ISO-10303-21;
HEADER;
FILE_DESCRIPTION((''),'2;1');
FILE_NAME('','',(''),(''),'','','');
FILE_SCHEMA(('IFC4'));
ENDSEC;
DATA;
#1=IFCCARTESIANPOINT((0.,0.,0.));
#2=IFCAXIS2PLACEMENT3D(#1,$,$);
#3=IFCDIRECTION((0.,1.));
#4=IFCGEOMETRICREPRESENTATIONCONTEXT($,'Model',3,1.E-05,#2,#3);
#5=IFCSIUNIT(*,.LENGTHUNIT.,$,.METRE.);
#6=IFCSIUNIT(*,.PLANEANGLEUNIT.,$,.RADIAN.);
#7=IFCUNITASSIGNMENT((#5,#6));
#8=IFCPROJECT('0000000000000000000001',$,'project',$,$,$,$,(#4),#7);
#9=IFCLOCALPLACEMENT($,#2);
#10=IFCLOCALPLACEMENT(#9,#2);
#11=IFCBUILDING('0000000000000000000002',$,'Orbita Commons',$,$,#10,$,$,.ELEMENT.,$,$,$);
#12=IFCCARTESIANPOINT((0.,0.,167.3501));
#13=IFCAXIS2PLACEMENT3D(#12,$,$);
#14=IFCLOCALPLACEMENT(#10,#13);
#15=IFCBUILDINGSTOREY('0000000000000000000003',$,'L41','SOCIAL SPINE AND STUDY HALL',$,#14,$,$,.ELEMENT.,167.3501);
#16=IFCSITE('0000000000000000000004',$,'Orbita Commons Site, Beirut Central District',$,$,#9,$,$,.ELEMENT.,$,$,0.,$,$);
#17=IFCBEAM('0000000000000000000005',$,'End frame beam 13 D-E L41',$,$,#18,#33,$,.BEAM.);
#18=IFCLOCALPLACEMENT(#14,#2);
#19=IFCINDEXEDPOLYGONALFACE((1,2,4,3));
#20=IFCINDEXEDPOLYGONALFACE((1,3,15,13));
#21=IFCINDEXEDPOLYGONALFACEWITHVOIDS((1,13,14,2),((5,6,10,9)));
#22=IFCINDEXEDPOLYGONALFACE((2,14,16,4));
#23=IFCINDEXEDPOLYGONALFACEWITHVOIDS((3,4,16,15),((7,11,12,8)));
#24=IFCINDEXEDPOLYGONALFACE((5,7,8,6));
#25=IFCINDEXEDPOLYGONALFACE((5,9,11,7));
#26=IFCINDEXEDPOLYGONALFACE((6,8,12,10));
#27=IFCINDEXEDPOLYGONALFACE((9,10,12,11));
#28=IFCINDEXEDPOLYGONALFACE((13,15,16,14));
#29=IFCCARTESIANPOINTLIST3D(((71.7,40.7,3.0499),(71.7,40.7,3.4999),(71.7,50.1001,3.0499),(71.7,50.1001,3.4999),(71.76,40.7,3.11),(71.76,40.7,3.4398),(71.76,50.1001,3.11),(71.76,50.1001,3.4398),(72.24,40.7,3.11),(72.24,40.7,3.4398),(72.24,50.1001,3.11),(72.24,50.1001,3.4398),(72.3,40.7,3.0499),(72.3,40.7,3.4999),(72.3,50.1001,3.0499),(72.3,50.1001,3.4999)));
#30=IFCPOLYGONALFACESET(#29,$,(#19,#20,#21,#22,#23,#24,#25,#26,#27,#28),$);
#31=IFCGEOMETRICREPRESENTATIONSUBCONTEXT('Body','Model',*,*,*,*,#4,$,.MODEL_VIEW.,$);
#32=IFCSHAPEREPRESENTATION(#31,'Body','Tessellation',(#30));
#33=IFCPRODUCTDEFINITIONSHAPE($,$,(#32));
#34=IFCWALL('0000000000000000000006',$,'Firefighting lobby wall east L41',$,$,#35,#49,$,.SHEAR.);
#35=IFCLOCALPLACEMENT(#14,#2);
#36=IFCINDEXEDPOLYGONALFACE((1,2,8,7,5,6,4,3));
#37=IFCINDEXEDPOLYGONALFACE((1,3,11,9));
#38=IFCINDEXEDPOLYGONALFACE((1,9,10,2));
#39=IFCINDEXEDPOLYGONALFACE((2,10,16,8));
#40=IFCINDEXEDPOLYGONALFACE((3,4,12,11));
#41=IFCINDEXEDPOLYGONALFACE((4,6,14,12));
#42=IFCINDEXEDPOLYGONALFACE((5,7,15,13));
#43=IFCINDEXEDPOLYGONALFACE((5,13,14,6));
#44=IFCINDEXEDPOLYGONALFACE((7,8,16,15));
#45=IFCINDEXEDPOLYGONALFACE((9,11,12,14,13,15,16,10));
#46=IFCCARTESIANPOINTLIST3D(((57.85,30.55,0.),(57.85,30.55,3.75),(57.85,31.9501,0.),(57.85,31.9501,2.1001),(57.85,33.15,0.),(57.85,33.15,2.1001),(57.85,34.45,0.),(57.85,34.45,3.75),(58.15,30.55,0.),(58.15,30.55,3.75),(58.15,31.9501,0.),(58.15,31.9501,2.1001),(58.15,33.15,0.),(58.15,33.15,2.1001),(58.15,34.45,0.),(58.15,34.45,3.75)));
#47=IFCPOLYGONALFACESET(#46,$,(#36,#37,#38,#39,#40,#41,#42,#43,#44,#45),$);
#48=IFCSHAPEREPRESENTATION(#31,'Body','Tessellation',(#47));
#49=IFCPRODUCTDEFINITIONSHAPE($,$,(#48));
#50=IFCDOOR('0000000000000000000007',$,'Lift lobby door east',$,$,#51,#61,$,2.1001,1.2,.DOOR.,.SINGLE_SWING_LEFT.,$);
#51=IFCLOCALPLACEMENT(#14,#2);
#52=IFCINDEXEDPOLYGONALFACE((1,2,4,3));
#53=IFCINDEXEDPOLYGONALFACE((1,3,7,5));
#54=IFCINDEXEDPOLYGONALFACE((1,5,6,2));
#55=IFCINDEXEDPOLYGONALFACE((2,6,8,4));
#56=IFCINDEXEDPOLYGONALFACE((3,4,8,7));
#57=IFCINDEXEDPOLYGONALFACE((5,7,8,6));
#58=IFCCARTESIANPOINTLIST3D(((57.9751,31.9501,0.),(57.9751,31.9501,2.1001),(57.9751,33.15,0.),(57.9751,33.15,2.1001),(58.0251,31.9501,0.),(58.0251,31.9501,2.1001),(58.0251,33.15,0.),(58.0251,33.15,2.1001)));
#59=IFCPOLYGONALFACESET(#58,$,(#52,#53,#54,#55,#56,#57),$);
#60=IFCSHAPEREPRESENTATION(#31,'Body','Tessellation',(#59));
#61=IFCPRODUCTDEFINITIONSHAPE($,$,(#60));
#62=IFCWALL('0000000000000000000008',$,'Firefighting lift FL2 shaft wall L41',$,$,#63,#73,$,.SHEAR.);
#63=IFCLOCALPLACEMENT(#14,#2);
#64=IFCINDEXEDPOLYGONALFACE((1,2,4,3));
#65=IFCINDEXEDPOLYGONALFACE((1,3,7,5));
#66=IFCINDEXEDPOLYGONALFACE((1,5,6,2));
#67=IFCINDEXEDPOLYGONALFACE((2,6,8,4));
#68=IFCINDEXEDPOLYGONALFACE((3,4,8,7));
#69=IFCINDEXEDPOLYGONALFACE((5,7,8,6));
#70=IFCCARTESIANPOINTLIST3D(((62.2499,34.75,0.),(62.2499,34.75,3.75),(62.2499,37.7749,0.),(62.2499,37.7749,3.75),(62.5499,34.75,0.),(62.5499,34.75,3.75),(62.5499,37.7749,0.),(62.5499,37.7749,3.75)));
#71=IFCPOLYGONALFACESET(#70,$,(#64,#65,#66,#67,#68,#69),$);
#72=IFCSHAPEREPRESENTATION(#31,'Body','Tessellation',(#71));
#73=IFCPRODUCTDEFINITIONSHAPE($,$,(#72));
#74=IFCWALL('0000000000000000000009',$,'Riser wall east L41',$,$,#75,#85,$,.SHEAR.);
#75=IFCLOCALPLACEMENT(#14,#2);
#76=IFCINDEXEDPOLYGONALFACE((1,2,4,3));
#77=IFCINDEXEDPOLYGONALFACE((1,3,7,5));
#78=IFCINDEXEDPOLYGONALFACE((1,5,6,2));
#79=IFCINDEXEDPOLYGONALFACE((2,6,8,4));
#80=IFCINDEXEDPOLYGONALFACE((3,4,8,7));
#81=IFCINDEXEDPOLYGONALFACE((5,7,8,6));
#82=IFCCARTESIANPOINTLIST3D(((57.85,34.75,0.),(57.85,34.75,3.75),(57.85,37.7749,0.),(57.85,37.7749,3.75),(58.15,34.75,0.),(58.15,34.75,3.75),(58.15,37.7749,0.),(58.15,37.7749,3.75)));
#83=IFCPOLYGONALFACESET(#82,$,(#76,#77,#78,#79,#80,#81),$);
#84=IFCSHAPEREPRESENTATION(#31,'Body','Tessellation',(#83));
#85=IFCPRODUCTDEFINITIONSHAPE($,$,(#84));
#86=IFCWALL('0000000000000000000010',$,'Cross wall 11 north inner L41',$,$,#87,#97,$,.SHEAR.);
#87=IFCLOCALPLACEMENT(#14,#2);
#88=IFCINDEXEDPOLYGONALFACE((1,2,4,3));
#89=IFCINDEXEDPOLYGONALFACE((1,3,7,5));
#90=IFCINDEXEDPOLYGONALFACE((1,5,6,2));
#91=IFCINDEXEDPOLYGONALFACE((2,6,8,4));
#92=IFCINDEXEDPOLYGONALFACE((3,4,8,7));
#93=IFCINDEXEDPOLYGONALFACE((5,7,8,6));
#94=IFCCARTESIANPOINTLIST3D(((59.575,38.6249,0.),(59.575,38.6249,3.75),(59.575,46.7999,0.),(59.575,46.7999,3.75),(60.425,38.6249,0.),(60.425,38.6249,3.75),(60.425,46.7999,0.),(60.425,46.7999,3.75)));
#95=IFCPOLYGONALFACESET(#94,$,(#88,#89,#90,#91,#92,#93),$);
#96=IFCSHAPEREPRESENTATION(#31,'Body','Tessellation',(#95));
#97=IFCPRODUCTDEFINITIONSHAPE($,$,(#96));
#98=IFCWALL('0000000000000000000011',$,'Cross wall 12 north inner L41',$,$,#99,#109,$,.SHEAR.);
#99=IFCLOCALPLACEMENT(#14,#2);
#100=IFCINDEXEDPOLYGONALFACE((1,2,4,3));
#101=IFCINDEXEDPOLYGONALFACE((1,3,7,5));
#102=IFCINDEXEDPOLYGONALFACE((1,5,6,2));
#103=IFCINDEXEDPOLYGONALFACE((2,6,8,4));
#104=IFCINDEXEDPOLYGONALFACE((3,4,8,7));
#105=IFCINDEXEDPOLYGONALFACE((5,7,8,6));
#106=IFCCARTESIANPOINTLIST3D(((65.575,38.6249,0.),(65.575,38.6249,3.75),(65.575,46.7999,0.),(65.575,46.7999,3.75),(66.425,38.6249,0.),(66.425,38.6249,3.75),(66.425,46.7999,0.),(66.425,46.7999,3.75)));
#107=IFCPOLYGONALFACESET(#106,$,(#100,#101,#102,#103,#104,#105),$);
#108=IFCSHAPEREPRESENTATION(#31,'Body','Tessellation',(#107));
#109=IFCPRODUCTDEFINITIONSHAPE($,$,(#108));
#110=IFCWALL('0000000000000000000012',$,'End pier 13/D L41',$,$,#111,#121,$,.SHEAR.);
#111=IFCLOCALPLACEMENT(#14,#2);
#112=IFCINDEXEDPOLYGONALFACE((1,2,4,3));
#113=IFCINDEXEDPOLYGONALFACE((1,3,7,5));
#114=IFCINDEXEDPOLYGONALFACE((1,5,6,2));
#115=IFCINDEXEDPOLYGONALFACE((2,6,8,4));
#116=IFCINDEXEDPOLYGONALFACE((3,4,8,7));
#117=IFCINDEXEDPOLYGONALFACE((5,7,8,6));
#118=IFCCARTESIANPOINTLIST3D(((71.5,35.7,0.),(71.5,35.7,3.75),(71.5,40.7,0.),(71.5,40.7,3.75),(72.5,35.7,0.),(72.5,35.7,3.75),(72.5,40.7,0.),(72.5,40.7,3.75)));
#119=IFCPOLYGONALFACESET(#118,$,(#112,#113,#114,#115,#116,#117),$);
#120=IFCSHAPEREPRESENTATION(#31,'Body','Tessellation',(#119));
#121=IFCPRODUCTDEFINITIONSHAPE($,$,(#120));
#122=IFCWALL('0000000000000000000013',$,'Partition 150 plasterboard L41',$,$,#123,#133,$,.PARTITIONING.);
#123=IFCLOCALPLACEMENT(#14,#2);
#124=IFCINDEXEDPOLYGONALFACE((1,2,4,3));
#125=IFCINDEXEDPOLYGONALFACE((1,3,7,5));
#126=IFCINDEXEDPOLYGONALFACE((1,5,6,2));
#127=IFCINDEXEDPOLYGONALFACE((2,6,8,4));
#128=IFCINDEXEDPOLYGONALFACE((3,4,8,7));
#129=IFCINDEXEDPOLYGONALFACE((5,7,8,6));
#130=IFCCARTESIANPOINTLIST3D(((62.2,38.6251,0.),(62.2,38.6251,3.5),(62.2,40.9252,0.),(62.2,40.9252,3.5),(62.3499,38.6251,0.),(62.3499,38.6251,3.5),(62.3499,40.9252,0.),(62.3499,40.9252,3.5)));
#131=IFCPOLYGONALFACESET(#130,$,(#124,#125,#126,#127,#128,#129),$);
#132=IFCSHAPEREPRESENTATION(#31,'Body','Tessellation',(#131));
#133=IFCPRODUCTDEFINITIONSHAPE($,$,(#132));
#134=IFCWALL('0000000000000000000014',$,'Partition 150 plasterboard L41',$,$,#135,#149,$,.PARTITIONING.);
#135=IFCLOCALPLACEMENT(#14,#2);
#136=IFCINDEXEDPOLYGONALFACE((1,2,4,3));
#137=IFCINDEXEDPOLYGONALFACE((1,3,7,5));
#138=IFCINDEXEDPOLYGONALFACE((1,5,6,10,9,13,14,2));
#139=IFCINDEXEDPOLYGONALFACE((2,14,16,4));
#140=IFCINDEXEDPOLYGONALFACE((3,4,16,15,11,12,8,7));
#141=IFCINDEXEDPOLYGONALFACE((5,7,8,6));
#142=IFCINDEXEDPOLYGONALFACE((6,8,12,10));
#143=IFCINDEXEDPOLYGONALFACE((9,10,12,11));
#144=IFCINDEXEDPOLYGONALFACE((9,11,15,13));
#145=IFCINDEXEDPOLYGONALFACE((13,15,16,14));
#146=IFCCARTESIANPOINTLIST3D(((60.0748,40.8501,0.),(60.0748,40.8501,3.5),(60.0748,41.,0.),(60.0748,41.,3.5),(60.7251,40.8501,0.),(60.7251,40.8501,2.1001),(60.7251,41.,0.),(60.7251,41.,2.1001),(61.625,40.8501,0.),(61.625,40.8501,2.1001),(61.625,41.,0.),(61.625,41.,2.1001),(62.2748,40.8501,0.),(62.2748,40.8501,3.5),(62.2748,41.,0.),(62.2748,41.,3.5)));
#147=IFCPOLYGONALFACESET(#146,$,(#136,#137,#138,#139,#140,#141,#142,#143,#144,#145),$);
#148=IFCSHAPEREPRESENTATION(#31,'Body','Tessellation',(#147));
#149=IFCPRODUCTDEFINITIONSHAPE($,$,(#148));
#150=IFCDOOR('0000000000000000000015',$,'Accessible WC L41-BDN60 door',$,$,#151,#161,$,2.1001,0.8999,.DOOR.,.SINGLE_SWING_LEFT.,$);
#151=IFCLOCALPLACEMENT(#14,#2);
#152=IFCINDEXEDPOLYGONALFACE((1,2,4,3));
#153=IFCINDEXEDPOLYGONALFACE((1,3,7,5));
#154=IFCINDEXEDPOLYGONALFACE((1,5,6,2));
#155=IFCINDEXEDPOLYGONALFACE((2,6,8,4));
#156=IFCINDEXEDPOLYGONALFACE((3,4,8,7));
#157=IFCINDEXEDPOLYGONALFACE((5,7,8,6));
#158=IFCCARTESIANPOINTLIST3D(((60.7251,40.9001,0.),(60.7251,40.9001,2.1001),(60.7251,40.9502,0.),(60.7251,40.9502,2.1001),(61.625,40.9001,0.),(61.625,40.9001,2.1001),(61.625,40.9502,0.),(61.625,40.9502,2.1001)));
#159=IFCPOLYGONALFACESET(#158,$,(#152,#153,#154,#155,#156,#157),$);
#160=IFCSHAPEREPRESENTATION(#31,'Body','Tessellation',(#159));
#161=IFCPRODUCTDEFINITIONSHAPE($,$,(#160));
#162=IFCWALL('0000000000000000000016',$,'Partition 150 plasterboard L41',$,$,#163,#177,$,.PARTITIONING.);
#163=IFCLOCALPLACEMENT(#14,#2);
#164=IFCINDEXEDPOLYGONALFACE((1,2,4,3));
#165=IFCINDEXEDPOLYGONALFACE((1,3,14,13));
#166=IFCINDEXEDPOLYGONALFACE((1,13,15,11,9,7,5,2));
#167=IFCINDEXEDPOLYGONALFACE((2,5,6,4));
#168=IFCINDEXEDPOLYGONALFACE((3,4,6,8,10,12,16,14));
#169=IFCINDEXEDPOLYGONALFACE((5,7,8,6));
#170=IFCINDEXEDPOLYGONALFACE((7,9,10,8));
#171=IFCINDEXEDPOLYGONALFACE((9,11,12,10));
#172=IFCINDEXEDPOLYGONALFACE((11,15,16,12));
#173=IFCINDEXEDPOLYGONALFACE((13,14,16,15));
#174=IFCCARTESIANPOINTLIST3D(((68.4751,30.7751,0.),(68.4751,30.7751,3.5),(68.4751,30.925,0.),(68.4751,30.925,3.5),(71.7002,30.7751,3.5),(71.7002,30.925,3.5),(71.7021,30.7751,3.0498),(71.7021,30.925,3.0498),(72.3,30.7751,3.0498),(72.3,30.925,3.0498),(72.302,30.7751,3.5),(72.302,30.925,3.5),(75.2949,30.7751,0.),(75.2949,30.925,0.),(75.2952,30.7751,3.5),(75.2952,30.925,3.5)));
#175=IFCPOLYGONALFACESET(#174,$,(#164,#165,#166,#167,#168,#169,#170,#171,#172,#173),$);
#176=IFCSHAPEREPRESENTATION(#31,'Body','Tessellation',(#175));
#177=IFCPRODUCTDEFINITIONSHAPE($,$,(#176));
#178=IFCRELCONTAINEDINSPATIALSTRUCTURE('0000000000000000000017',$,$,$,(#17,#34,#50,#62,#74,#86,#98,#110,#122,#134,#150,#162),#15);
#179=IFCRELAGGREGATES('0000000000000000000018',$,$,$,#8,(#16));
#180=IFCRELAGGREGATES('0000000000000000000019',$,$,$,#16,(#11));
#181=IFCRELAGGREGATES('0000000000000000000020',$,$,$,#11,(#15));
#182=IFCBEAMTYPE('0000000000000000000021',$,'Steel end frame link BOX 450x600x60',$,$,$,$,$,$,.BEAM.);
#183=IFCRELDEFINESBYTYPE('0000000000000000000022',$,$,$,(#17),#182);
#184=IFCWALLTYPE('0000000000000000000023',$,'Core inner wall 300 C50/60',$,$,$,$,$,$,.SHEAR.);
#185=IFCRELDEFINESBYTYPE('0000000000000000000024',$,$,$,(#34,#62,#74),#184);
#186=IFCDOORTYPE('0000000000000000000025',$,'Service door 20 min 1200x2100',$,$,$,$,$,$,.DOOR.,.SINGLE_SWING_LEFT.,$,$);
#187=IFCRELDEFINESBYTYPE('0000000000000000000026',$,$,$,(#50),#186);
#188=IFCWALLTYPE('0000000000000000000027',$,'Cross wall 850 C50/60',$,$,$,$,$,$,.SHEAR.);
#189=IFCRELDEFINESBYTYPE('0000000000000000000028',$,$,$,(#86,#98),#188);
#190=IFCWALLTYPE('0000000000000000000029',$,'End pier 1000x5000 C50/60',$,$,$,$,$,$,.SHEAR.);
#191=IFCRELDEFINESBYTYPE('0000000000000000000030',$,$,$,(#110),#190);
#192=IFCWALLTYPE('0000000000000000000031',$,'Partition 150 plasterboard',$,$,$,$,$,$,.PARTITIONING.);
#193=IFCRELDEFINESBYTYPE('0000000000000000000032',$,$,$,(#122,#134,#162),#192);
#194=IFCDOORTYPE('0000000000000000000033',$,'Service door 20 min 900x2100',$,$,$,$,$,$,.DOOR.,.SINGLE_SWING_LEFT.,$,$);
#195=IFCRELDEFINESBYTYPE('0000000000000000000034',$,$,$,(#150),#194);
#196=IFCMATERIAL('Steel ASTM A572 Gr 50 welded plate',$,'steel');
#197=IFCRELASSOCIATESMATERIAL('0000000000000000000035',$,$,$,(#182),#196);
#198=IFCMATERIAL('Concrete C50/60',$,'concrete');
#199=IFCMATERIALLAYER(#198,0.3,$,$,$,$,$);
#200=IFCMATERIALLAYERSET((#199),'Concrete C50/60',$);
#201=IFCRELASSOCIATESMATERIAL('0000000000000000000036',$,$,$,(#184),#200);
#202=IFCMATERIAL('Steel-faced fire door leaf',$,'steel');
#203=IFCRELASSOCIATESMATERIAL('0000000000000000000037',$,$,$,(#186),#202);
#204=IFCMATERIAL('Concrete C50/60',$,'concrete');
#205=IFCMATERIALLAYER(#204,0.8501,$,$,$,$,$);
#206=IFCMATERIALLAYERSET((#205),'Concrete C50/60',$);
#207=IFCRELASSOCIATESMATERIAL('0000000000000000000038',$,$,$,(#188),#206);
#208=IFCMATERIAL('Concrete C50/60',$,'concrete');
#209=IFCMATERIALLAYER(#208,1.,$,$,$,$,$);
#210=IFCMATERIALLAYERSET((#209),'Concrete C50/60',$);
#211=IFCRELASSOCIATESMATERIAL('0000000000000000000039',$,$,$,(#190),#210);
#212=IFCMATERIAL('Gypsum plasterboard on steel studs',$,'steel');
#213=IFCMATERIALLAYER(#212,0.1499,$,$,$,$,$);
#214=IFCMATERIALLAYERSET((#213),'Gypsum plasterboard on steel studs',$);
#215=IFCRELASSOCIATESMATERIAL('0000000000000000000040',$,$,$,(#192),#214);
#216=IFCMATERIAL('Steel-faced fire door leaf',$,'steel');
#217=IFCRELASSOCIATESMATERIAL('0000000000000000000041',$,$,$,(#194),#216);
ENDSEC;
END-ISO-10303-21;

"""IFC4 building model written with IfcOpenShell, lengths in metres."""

from ifc_helpers import new_model, si_unit, direction, frame, frame_2d, origin, origin_2d, place, context, subcontext, project, spatial, polyline, rectangle, hollow_rectangle, outline, extrude, material, layer, layer_set, material_profile, profile_set, type_object, element, fill, save


model = new_model("IFC4")

# Units and contexts
model_context = context("Model", 3, precision=1e-05, world=origin(), true_north=direction((0.0, 1.0)))
body_context = subcontext(model_context, "Body", "Model", "MODEL_VIEW")
ifc_project = project(units=[si_unit("LENGTHUNIT", "METRE"), si_unit("PLANEANGLEUNIT", "RADIAN")], contexts=[model_context])

# Site, building, storey
site_placement = place(None, origin())
site = spatial("IfcSite", under=ifc_project, at=site_placement, Name="Orbita Commons Site, Beirut Central District", CompositionType="ELEMENT", RefElevation=0.0)
building_placement = place(site_placement, origin())
building = spatial("IfcBuilding", under=site, at=building_placement, Name="Orbita Commons", CompositionType="ELEMENT")
storey_placement = place(building_placement, frame((0.0, 0.0, 167.3501)))
storey = spatial("IfcBuildingStorey", under=building, at=storey_placement, Name="L41", Description="SOCIAL SPINE AND STUDY HALL", CompositionType="ELEMENT", Elevation=167.3501)

# Beam
ifc_material_1 = material(Name="Steel ASTM A572 Gr 50 welded plate", Category="steel")
ifc_material_profile = material_profile(ifc_material_1, hollow_rectangle(XDim=0.6001, YDim=0.45, WallThickness=0.0601, at=origin_2d()), Name="BOX 450x600x60")
ifc_profile_set = profile_set([ifc_material_profile], Name="Steel ASTM A572 Gr 50 welded plate")
beam_type = type_object("IfcBeamType", Name="Steel end frame link BOX 450x600x60", PredefinedType="BEAM", material=ifc_profile_set)
beam_placement = place(storey_placement, frame((72.0, 40.7, 3.2749), z_axis=(0.0, 1.0, 0.0), x_axis=(-1.0, 0.0, 0.0)))
element("IfcBeam", 1, at=beam_placement, inside=storey, type_object=beam_type, Name="End frame beam 13 D-E L41", PredefinedType="BEAM", context=body_context, shape_type="SweptSolid", body=[
    extrude(hollow_rectangle(XDim=0.6001, YDim=0.45, WallThickness=0.0601, at=origin_2d()), origin(), (0.0, 0.0, 1.0), 9.4001),
])

# Wall, opening, door
ifc_material_2 = material(Name="Concrete C50/60", Category="concrete")
ifc_layer_1 = layer(ifc_material_2, 0.3)
ifc_layer_set_1 = layer_set([ifc_layer_1], Name="Concrete C50/60")
wall_type_1 = type_object("IfcWallType", Name="Core inner wall 300 C50/60", PredefinedType="SHEAR", material=ifc_layer_set_1)
wall_1_placement = place(storey_placement, frame((58.0, 30.55, 0.0), z_axis=(0.0, 0.0, 1.0), x_axis=(0.0, 1.0, 0.0)))
wall_1 = element("IfcWall", 2, at=wall_1_placement, inside=storey, type_object=wall_type_1, Name="Firefighting lobby wall east L41", PredefinedType="SHEAR", context=body_context, shape_type="SweptSolid", body=[
    extrude(rectangle(XDim=3.8999, YDim=0.3, at=frame_2d((1.95, 0.0))), origin(), (0.0, 0.0, 1.0), 3.75),
])
opening_1_placement = place(wall_1_placement, frame((1.3999, 0.0, 0.0)))
opening_1 = element("IfcOpeningElement", 3, at=opening_1_placement, cuts=wall_1, PredefinedType="OPENING", context=body_context, shape_type="SweptSolid", body=[
    extrude(rectangle(XDim=1.2, YDim=2.1001, at=frame_2d((0.6001, 1.05))), frame((0.0, 0.1599, 0.0), z_axis=(0.0, -1.0, 0.0), x_axis=(1.0, 0.0, 0.0)), (0.0, 0.0, 1.0), 0.3201),
])
ifc_material_3 = material(Name="Steel-faced fire door leaf", Category="steel")
door_type_1 = type_object("IfcDoorType", Name="Service door 20 min 1200x2100", OperationType="SINGLE_SWING_LEFT", PredefinedType="DOOR", material=ifc_material_3)
door_1_placement = place(opening_1_placement, origin())
door_1 = element("IfcDoor", 4, at=door_1_placement, inside=storey, type_object=door_type_1, Name="Lift lobby door east", OperationType="SINGLE_SWING_LEFT", OverallHeight=2.1001, OverallWidth=1.2, PredefinedType="DOOR", context=body_context, shape_type="SweptSolid", body=[
    extrude(rectangle(XDim=1.2, YDim=2.1001, at=frame_2d((0.6001, 1.05))), frame((0.0, 0.0249, 0.0), z_axis=(0.0, -1.0, 0.0), x_axis=(1.0, 0.0, 0.0)), (0.0, 0.0, 1.0), 0.05),
])
fill(opening_1, door_1)

# Walls
for number, where, z_axis, x_axis, name in (
    (5, (62.3999, 34.75, 0.0), (0.0, 0.0, 1.0), (0.0, 1.0, 0.0), "Firefighting lift FL2 shaft wall L41"),
    (6, (58.0, 34.75, 0.0), (0.0, 0.0, 1.0), (0.0, 1.0, 0.0), "Riser wall east L41"),
):
    element("IfcWall", number, at=place(storey_placement, frame(where, z_axis=z_axis, x_axis=x_axis)), inside=storey, type_object=wall_type_1, Name=name, PredefinedType="SHEAR", context=body_context, shape_type="SweptSolid", body=[
        extrude(rectangle(XDim=3.0249, YDim=0.3, at=frame_2d((1.5125, 0.0))), origin(), (0.0, 0.0, 1.0), 3.75),
    ])
ifc_material_4 = material(Name="Concrete C50/60", Category="concrete")
ifc_layer_2 = layer(ifc_material_4, 0.8501)
ifc_layer_set_2 = layer_set([ifc_layer_2], Name="Concrete C50/60")
wall_type_2 = type_object("IfcWallType", Name="Cross wall 850 C50/60", PredefinedType="SHEAR", material=ifc_layer_set_2)
for number, where, z_axis, x_axis, name in (
    (7, (60.0, 38.625, 0.0), (0.0, 0.0, 1.0), (0.0, 1.0, 0.0), "Cross wall 11 north inner L41"),
    (8, (66.0, 38.625, 0.0), (0.0, 0.0, 1.0), (0.0, 1.0, 0.0), "Cross wall 12 north inner L41"),
):
    element("IfcWall", number, at=place(storey_placement, frame(where, z_axis=z_axis, x_axis=x_axis)), inside=storey, type_object=wall_type_2, Name=name, PredefinedType="SHEAR", context=body_context, shape_type="SweptSolid", body=[
        extrude(rectangle(XDim=8.175, YDim=0.8501, at=frame_2d((4.0874, 0.0))), origin(), (0.0, 0.0, 1.0), 3.75),
    ])
ifc_material_5 = material(Name="Concrete C50/60", Category="concrete")
ifc_layer_3 = layer(ifc_material_5, 1.0)
ifc_layer_set_3 = layer_set([ifc_layer_3], Name="Concrete C50/60")
wall_type_3 = type_object("IfcWallType", Name="End pier 1000x5000 C50/60", PredefinedType="SHEAR", material=ifc_layer_set_3)
wall_2_placement = place(storey_placement, frame((72.0, 35.7, 0.0), z_axis=(0.0, 0.0, 1.0), x_axis=(0.0, 1.0, 0.0)))
element("IfcWall", 9, at=wall_2_placement, inside=storey, type_object=wall_type_3, Name="End pier 13/D L41", PredefinedType="SHEAR", context=body_context, shape_type="SweptSolid", body=[
    extrude(rectangle(XDim=5.0, YDim=1.0, at=frame_2d((2.5, 0.0))), origin(), (0.0, 0.0, 1.0), 3.75),
])
ifc_material_6 = material(Name="Gypsum plasterboard on steel studs", Category="steel")
ifc_layer_4 = layer(ifc_material_6, 0.1499)
ifc_layer_set_4 = layer_set([ifc_layer_4], Name="Gypsum plasterboard on steel studs")
wall_type_4 = type_object("IfcWallType", Name="Partition 150 plasterboard", PredefinedType="PARTITIONING", material=ifc_layer_set_4)
wall_3_placement = place(storey_placement, frame((62.2749, 40.925, 0.0), z_axis=(0.0, 0.0, 1.0), x_axis=(0.0, -1.0, 0.0)))
element("IfcWall", 10, at=wall_3_placement, inside=storey, type_object=wall_type_4, Name="Partition 150 plasterboard L41", PredefinedType="PARTITIONING", context=body_context, shape_type="SweptSolid", body=[
    extrude(rectangle(XDim=2.3, YDim=0.1499, at=frame_2d((1.1499, 0.0))), origin(), (0.0, 0.0, 1.0), 3.5),
])

# Wall, opening, door
wall_4_placement = place(storey_placement, frame((62.2749, 40.925, 0.0), z_axis=(0.0, 0.0, 1.0), x_axis=(-1.0, 0.0, 0.0)))
wall_4 = element("IfcWall", 11, at=wall_4_placement, inside=storey, type_object=wall_type_4, Name="Partition 150 plasterboard L41", PredefinedType="PARTITIONING", context=body_context, shape_type="SweptSolid", body=[
    extrude(rectangle(XDim=2.2, YDim=0.1499, at=frame_2d((1.1001, 0.0))), origin(), (0.0, 0.0, 1.0), 3.5),
])
opening_2_placement = place(wall_4_placement, frame((0.6499, 0.0, 0.0)))
opening_2 = element("IfcOpeningElement", 12, at=opening_2_placement, cuts=wall_4, PredefinedType="OPENING", context=body_context, shape_type="SweptSolid", body=[
    extrude(rectangle(XDim=0.8999, YDim=2.1001, at=frame_2d((0.45, 1.05))), frame((0.0, 0.085, 0.0), z_axis=(0.0, -1.0, 0.0), x_axis=(1.0, 0.0, 0.0)), (0.0, 0.0, 1.0), 0.1699),
])
ifc_material_7 = material(Name="Steel-faced fire door leaf", Category="steel")
door_type_2 = type_object("IfcDoorType", Name="Service door 20 min 900x2100", OperationType="SINGLE_SWING_LEFT", PredefinedType="DOOR", material=ifc_material_7)
door_2_placement = place(opening_2_placement, origin())
door_2 = element("IfcDoor", 13, at=door_2_placement, inside=storey, type_object=door_type_2, Name="Accessible WC L41-BDN60 door", OperationType="SINGLE_SWING_LEFT", OverallHeight=2.1001, OverallWidth=0.8999, PredefinedType="DOOR", context=body_context, shape_type="SweptSolid", body=[
    extrude(rectangle(XDim=0.8999, YDim=2.1001, at=frame_2d((0.45, 1.05))), frame((0.0, 0.0249, 0.0), z_axis=(0.0, -1.0, 0.0), x_axis=(1.0, 0.0, 0.0)), (0.0, 0.0, 1.0), 0.05),
])
fill(opening_2, door_2)

# Wall
for number, where, z_axis, x_axis, name in (
    (14, (68.4751, 30.8501, 0.0), (0.0, 0.0, 1.0), (1.0, 0.0, 0.0), "Partition 150 plasterboard L41"),
):
    element("IfcWall", number, at=place(storey_placement, frame(where, z_axis=z_axis, x_axis=x_axis)), inside=storey, type_object=wall_type_4, Name=name, PredefinedType="PARTITIONING", context=body_context, shape_type="SweptSolid", body=[
        extrude(outline(polyline([(0.0, 0.0), (6.8198, 0.0), (6.8201, 3.5), (3.8269, 3.5), (3.825, 3.0498), (3.2271, 3.0498), (3.2251, 3.5), (0.0, 3.5), (0.0, 0.0)])), frame((0.0, 0.075, 0.0), z_axis=(0.0, -1.0, 0.0), x_axis=(1.0, 0.0, 0.0)), (0.0, 0.0, 1.0), 0.1499),
    ])

save(model, "model.ifc")
